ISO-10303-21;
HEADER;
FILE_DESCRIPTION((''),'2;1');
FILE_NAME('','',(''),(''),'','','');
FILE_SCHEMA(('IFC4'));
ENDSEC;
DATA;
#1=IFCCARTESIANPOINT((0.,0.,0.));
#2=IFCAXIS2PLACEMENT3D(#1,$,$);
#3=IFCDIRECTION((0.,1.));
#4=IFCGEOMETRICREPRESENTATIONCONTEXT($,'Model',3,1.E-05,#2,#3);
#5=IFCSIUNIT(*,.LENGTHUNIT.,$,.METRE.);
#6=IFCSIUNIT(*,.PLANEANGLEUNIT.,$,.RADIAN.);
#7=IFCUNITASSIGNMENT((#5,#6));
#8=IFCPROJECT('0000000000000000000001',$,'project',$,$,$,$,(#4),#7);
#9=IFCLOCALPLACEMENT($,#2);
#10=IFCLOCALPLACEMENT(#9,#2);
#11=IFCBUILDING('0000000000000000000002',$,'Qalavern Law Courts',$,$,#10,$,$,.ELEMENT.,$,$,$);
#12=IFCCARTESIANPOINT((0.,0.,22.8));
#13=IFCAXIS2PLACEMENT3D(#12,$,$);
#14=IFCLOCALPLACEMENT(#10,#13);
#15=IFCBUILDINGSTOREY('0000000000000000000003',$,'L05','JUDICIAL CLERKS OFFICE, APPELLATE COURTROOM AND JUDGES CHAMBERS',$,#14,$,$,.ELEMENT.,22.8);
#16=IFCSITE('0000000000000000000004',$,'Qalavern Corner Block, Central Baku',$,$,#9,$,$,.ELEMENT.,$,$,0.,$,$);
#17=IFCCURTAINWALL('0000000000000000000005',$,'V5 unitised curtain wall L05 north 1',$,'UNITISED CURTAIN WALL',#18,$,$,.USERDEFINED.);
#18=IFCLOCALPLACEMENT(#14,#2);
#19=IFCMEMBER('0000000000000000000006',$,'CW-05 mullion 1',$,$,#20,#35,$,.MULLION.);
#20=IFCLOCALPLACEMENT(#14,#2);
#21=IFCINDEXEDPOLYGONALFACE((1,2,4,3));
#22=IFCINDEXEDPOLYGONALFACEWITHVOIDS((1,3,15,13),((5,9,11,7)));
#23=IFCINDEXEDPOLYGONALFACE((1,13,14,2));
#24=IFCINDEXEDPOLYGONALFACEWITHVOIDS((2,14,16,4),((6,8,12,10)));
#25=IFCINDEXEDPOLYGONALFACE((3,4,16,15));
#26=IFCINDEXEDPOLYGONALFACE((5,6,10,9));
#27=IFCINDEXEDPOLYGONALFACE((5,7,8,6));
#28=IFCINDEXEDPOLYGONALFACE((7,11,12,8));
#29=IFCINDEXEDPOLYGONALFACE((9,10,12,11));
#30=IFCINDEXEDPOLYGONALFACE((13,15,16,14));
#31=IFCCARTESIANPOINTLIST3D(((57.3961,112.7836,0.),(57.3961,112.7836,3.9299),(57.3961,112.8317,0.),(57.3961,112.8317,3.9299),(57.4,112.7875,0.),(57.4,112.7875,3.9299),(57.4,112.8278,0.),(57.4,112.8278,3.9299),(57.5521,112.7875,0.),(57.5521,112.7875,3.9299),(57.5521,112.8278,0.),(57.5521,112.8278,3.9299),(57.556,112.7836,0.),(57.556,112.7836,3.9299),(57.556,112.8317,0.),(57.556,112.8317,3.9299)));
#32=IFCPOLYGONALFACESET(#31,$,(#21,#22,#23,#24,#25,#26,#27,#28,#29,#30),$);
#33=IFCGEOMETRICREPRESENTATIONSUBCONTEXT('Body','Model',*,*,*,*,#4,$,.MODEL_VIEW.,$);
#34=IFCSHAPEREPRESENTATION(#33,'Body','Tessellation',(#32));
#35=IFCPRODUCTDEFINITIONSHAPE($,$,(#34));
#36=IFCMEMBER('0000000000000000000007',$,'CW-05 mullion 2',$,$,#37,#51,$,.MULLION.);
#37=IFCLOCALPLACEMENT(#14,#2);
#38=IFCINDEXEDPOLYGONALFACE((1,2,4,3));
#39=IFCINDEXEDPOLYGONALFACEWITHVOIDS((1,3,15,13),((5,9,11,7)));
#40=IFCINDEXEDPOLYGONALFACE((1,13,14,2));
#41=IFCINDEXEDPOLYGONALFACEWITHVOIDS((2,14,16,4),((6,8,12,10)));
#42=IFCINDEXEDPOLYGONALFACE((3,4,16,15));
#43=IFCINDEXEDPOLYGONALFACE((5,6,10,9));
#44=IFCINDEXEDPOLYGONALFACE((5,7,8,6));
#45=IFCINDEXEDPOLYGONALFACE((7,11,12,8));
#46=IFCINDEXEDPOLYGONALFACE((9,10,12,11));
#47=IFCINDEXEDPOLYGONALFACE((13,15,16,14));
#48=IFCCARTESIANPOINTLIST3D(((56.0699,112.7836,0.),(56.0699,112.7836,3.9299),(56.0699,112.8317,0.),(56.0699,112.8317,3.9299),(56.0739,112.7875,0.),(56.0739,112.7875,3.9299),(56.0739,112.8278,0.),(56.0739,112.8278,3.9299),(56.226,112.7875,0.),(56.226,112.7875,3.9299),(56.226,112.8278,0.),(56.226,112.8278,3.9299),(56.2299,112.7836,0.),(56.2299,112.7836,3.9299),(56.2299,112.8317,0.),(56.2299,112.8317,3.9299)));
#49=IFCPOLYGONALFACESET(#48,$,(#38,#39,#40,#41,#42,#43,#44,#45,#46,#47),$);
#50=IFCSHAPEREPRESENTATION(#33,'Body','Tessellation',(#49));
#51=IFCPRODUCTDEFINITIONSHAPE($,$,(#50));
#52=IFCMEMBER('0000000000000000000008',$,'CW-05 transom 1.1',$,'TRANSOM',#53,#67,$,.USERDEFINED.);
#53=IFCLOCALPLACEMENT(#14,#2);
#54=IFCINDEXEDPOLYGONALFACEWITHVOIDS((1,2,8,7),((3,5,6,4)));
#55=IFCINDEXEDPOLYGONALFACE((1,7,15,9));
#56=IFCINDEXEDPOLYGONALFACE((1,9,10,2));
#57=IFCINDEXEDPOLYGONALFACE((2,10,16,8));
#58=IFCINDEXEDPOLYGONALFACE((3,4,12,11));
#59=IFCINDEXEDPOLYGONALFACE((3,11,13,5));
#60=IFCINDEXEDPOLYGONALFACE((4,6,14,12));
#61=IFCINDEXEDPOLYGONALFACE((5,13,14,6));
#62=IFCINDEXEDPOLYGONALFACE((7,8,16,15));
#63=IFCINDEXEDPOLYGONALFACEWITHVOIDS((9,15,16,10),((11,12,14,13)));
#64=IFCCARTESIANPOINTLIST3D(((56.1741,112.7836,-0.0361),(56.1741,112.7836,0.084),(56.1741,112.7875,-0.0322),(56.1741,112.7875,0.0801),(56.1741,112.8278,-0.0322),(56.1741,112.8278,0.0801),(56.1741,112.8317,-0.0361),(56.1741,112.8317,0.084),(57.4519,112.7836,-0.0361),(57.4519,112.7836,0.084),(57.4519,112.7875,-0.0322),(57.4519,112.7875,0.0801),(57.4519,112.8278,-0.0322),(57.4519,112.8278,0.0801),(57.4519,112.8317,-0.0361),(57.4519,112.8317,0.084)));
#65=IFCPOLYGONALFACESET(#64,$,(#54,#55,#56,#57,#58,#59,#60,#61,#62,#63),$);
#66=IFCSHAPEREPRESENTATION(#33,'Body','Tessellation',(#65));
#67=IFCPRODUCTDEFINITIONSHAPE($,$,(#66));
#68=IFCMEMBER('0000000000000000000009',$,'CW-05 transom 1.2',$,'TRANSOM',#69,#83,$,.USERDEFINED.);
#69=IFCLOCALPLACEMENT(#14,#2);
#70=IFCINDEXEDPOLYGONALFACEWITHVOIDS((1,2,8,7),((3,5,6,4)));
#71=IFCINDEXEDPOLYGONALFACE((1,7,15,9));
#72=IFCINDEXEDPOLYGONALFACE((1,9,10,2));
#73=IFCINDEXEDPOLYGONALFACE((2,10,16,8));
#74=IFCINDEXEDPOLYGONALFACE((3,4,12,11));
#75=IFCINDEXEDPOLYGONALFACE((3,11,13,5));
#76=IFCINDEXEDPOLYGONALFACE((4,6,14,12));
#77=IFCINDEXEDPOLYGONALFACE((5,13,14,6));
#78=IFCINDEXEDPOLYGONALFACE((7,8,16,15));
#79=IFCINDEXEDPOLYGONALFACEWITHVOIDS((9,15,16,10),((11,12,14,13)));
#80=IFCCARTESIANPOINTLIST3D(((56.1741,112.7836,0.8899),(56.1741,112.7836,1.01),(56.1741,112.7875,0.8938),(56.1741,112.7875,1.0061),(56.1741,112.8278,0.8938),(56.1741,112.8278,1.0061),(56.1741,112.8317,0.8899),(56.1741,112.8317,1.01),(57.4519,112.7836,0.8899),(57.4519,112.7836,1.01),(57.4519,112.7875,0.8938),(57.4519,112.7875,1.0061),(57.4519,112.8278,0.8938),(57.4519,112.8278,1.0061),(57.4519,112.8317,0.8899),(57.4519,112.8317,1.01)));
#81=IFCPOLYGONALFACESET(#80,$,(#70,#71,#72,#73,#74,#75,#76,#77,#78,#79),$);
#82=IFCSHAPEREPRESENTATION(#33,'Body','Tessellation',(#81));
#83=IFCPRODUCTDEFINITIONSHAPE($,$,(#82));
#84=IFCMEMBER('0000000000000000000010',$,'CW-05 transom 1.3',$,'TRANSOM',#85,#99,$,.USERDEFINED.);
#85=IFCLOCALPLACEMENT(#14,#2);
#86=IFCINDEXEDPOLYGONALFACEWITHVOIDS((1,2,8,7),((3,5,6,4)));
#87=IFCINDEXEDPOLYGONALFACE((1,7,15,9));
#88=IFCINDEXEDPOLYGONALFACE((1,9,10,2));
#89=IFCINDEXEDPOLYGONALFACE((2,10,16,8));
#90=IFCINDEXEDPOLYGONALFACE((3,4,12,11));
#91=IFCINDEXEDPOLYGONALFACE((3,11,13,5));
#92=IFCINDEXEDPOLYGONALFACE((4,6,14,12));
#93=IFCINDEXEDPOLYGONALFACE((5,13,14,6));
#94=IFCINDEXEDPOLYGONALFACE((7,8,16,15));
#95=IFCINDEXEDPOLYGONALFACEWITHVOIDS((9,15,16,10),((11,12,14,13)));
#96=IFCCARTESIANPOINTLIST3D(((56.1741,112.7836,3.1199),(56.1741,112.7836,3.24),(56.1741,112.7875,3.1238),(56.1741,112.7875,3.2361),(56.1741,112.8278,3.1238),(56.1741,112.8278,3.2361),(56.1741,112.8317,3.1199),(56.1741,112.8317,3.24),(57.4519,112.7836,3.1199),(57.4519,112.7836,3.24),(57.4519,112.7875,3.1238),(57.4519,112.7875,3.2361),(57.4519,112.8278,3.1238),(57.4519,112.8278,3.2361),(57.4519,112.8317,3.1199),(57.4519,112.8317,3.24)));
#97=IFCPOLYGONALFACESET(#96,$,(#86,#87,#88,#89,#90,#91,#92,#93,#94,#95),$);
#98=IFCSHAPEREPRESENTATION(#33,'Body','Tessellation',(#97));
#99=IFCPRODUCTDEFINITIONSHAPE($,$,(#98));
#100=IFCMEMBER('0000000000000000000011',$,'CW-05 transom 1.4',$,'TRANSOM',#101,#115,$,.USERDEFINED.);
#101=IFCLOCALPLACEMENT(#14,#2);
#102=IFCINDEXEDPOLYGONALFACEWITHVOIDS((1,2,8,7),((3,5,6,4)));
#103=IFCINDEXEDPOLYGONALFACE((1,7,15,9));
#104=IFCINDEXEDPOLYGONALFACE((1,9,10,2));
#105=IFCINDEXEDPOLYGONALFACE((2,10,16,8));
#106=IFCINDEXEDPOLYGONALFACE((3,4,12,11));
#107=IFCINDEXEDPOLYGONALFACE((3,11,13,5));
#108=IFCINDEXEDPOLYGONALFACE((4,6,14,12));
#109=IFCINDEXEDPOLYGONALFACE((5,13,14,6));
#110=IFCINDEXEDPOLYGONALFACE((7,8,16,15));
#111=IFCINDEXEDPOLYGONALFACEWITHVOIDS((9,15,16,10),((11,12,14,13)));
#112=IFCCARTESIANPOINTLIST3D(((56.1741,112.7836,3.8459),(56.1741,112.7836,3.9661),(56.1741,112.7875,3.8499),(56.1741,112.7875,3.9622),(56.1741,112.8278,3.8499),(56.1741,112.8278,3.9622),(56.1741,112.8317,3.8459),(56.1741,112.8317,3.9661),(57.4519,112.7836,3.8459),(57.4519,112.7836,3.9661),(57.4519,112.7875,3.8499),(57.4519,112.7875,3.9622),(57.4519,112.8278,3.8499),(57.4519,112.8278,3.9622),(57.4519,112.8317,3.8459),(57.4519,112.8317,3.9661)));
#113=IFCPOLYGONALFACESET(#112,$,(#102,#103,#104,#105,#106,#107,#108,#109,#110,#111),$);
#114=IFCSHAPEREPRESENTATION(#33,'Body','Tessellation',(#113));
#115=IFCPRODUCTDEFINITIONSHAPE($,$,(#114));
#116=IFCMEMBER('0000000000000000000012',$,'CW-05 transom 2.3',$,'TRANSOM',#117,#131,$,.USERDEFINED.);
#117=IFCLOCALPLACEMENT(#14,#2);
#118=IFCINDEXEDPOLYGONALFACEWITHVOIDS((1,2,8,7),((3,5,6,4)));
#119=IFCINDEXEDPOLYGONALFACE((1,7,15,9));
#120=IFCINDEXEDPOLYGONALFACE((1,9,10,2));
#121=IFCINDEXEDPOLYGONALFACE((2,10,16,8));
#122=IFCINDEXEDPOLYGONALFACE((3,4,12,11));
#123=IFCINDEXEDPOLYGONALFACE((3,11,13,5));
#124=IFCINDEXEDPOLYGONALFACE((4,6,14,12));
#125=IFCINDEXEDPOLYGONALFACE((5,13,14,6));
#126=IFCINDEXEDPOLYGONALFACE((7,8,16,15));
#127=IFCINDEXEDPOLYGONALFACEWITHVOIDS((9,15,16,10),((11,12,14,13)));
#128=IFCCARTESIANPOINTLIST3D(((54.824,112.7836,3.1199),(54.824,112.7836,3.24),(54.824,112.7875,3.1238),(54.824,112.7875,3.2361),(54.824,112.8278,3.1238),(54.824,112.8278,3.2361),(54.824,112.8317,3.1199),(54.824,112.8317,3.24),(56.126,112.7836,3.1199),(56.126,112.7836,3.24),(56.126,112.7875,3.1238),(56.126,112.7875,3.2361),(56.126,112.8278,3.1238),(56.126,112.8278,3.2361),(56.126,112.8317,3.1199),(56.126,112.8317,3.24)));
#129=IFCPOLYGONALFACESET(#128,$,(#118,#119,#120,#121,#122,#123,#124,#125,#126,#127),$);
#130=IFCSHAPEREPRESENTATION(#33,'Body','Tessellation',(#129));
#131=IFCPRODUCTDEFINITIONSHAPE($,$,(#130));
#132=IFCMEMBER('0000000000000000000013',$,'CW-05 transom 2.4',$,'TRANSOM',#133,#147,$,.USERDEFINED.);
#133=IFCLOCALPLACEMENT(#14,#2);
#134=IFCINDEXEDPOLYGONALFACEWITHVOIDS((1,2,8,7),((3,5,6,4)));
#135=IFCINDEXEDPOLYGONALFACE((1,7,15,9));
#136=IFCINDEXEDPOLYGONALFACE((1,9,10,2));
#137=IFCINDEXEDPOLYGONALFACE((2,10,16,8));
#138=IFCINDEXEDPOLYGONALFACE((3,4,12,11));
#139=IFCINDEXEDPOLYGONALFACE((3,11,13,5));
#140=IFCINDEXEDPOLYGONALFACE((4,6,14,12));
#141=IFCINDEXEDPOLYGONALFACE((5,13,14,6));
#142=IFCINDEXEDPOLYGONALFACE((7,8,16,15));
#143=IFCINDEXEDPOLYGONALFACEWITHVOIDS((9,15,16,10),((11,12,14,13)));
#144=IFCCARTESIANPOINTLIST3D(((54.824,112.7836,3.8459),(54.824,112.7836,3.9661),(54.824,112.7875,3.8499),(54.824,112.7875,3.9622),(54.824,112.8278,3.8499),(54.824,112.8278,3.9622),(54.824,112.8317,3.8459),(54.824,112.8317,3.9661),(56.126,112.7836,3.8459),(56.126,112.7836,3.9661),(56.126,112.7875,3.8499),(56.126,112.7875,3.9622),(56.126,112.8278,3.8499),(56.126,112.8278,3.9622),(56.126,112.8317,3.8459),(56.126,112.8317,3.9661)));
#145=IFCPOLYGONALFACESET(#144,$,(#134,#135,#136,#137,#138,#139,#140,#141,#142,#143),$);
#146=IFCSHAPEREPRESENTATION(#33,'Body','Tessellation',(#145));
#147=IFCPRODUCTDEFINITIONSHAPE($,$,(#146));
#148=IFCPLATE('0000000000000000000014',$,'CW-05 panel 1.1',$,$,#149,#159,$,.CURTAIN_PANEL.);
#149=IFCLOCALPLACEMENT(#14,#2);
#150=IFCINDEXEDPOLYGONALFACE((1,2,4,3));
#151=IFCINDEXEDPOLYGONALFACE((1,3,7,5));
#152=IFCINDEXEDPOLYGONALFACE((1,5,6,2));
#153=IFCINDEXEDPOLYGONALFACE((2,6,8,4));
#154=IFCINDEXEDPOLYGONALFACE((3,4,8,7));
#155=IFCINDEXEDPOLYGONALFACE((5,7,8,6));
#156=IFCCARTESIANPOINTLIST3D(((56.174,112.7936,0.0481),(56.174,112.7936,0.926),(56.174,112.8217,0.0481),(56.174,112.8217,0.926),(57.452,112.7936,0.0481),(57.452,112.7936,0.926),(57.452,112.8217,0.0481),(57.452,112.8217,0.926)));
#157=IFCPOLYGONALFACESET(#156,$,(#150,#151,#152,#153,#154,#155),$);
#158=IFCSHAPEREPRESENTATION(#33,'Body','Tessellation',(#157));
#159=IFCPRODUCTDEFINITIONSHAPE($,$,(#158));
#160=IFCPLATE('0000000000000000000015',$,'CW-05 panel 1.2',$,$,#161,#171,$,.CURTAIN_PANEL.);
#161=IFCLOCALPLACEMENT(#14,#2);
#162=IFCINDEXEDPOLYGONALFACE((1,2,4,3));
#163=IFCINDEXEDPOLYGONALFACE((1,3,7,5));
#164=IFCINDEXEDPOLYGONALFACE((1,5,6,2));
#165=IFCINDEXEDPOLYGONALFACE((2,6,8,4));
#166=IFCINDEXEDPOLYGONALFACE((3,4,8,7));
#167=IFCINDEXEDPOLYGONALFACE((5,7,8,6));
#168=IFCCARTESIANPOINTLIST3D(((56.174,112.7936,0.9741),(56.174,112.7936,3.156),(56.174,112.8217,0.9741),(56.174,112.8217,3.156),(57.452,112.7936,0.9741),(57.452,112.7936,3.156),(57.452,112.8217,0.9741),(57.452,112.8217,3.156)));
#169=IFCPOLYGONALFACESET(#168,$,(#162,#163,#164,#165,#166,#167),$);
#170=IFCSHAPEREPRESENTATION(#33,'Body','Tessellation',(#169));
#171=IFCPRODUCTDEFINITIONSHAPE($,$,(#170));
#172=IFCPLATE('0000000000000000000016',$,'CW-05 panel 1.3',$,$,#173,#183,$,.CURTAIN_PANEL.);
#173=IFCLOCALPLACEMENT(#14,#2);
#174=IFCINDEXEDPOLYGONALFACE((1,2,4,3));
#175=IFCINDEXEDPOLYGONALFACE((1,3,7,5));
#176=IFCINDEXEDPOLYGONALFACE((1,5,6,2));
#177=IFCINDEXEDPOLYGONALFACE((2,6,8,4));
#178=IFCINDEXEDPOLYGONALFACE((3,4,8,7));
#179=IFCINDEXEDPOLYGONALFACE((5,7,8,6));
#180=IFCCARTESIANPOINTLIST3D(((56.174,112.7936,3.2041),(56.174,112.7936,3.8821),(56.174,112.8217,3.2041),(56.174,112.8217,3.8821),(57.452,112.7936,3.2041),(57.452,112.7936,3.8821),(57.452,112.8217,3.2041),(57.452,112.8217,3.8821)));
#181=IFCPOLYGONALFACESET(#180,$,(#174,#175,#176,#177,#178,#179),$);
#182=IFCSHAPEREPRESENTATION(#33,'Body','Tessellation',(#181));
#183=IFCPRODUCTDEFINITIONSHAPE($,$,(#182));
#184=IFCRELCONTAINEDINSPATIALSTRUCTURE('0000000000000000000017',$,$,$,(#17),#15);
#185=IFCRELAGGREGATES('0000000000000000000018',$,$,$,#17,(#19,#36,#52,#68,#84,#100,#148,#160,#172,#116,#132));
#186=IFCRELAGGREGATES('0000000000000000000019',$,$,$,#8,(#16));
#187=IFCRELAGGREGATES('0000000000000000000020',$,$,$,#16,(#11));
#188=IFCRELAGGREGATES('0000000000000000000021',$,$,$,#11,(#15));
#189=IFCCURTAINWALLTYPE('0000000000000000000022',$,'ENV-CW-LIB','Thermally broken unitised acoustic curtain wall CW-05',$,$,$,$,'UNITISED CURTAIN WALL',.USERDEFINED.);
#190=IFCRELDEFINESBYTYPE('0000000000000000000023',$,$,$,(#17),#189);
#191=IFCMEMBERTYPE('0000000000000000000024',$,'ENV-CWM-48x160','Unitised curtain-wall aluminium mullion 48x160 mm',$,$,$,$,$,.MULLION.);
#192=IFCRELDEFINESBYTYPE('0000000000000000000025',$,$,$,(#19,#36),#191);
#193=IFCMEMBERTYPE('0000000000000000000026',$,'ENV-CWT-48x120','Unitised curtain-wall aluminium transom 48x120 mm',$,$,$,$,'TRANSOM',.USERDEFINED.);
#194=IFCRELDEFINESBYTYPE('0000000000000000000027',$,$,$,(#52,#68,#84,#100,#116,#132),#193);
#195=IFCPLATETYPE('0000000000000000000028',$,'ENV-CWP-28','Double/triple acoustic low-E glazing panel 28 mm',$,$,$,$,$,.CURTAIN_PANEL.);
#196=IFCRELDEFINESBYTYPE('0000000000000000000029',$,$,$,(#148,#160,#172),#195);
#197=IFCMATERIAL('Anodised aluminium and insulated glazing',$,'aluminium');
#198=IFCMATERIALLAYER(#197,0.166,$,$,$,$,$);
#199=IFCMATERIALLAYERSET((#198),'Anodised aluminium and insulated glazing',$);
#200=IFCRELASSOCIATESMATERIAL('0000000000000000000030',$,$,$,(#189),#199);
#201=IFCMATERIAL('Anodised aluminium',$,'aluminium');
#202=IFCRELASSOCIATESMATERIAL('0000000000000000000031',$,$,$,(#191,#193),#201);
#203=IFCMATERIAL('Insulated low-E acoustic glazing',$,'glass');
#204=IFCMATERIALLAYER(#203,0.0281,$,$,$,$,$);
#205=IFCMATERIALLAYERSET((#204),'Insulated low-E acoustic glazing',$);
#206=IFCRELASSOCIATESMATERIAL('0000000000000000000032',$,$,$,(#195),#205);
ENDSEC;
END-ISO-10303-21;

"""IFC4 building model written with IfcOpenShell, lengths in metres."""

from ifc_helpers import new_model, si_unit, direction, frame, origin, origin_2d, place, context, subcontext, project, spatial, rectangle, hollow_rectangle, extrude, material, layer, layer_set, material_profile, profile_set, type_object, element, aggregate, save


model = new_model("IFC4")

# Units and contexts
model_context = context("Model", 3, precision=1e-05, world=origin(), true_north=direction((0.0, 1.0)))
body_context = subcontext(model_context, "Body", "Model", "MODEL_VIEW")
ifc_project = project(units=[si_unit("LENGTHUNIT", "METRE"), si_unit("PLANEANGLEUNIT", "RADIAN")], contexts=[model_context])

# Site, building, storey
site_placement = place(None, origin())
site = spatial("IfcSite", under=ifc_project, at=site_placement, Name="Qalavern Corner Block, Central Baku", CompositionType="ELEMENT", RefElevation=0.0)
building_placement = place(site_placement, origin())
building = spatial("IfcBuilding", under=site, at=building_placement, Name="Qalavern Law Courts", CompositionType="ELEMENT")
storey_placement = place(building_placement, frame((0.0, 0.0, 22.8)))
storey = spatial("IfcBuildingStorey", under=building, at=storey_placement, Name="L05", Description="JUDICIAL CLERKS OFFICE, APPELLATE COURTROOM AND JUDGES CHAMBERS", CompositionType="ELEMENT", Elevation=22.8)

# Curtain wall, members, plates
ifc_material_1 = material(Name="Anodised aluminium and insulated glazing", Category="aluminium")
ifc_layer_1 = layer(ifc_material_1, 0.166)
ifc_layer_set_1 = layer_set([ifc_layer_1], Name="Anodised aluminium and insulated glazing")
curtain_wall_type = type_object("IfcCurtainWallType", Name="ENV-CW-LIB", Description="Thermally broken unitised acoustic curtain wall CW-05", ElementType="UNITISED CURTAIN WALL", PredefinedType="USERDEFINED", material=ifc_layer_set_1)
curtain_wall_placement = place(storey_placement, origin())
curtain_wall = element("IfcCurtainWall", 1, at=curtain_wall_placement, inside=storey, type_object=curtain_wall_type, Name="V5 unitised curtain wall L05 north 1", ObjectType="UNITISED CURTAIN WALL", PredefinedType="USERDEFINED")
ifc_material_2 = material(Name="Anodised aluminium", Category="aluminium")
ifc_material_profile_1 = material_profile(ifc_material_2, hollow_rectangle(XDim=0.0481, YDim=0.1599, WallThickness=0.0039, at=origin_2d()), Name="ALU MULLION 48x160")
ifc_profile_set_1 = profile_set([ifc_material_profile_1], Name="Anodised aluminium")
member_type_1 = type_object("IfcMemberType", Name="ENV-CWM-48x160", Description="Unitised curtain-wall aluminium mullion 48x160 mm", PredefinedType="MULLION", material=ifc_profile_set_1)
member_1_placement = place(storey_placement, frame((57.4761, 112.8076, 0.0), z_axis=(0.0, 0.0, 1.0), x_axis=(0.0, -1.0, 0.0)))
member_1 = element("IfcMember", 2, at=member_1_placement, type_object=member_type_1, Name="CW-05 mullion 1", PredefinedType="MULLION", context=body_context, shape_type="SweptSolid", body=[
    extrude(hollow_rectangle(XDim=0.0481, YDim=0.1599, WallThickness=0.0039, at=origin_2d()), origin(), (0.0, 0.0, 1.0), 3.9299),
])
member_2_placement = place(storey_placement, frame((56.1499, 112.8076, 0.0), z_axis=(0.0, 0.0, 1.0), x_axis=(0.0, -1.0, 0.0)))
member_2 = element("IfcMember", 3, at=member_2_placement, type_object=member_type_1, Name="CW-05 mullion 2", PredefinedType="MULLION", context=body_context, shape_type="SweptSolid", body=[
    extrude(hollow_rectangle(XDim=0.0481, YDim=0.1599, WallThickness=0.0039, at=origin_2d()), origin(), (0.0, 0.0, 1.0), 3.9299),
])
ifc_material_profile_2 = material_profile(ifc_material_2, hollow_rectangle(XDim=0.0481, YDim=0.1201, WallThickness=0.0039, at=origin_2d()), Name="ALU TRANSOM 48x120")
ifc_profile_set_2 = profile_set([ifc_material_profile_2], Name="Anodised aluminium")
member_type_2 = type_object("IfcMemberType", Name="ENV-CWT-48x120", Description="Unitised curtain-wall aluminium transom 48x120 mm", ElementType="TRANSOM", PredefinedType="USERDEFINED", material=ifc_profile_set_2)
member_3_placement = place(storey_placement, frame((57.4519, 112.8076, 0.0239), z_axis=(-1.0, 0.0, 0.0), x_axis=(0.0, -1.0, 0.0)))
member_3 = element("IfcMember", 4, at=member_3_placement, type_object=member_type_2, Name="CW-05 transom 1.1", ObjectType="TRANSOM", PredefinedType="USERDEFINED", context=body_context, shape_type="SweptSolid", body=[
    extrude(hollow_rectangle(XDim=0.0481, YDim=0.1201, WallThickness=0.0039, at=origin_2d()), origin(), (0.0, 0.0, 1.0), 1.2778),
])
member_4_placement = place(storey_placement, frame((57.4519, 112.8076, 0.95), z_axis=(-1.0, 0.0, 0.0), x_axis=(0.0, -1.0, 0.0)))
member_4 = element("IfcMember", 5, at=member_4_placement, type_object=member_type_2, Name="CW-05 transom 1.2", ObjectType="TRANSOM", PredefinedType="USERDEFINED", context=body_context, shape_type="SweptSolid", body=[
    extrude(hollow_rectangle(XDim=0.0481, YDim=0.1201, WallThickness=0.0039, at=origin_2d()), origin(), (0.0, 0.0, 1.0), 1.2778),
])
member_5_placement = place(storey_placement, frame((57.4519, 112.8076, 3.1799), z_axis=(-1.0, 0.0, 0.0), x_axis=(0.0, -1.0, 0.0)))
member_5 = element("IfcMember", 6, at=member_5_placement, type_object=member_type_2, Name="CW-05 transom 1.3", ObjectType="TRANSOM", PredefinedType="USERDEFINED", context=body_context, shape_type="SweptSolid", body=[
    extrude(hollow_rectangle(XDim=0.0481, YDim=0.1201, WallThickness=0.0039, at=origin_2d()), origin(), (0.0, 0.0, 1.0), 1.2778),
])
member_6_placement = place(storey_placement, frame((57.4519, 112.8076, 3.906), z_axis=(-1.0, 0.0, 0.0), x_axis=(0.0, -1.0, 0.0)))
member_6 = element("IfcMember", 7, at=member_6_placement, type_object=member_type_2, Name="CW-05 transom 1.4", ObjectType="TRANSOM", PredefinedType="USERDEFINED", context=body_context, shape_type="SweptSolid", body=[
    extrude(hollow_rectangle(XDim=0.0481, YDim=0.1201, WallThickness=0.0039, at=origin_2d()), origin(), (0.0, 0.0, 1.0), 1.2778),
])
member_7_placement = place(storey_placement, frame((56.126, 112.8076, 3.1799), z_axis=(-1.0, 0.0, 0.0), x_axis=(0.0, -1.0, 0.0)))
member_7 = element("IfcMember", 8, at=member_7_placement, type_object=member_type_2, Name="CW-05 transom 2.3", ObjectType="TRANSOM", PredefinedType="USERDEFINED", context=body_context, shape_type="SweptSolid", body=[
    extrude(hollow_rectangle(XDim=0.0481, YDim=0.1201, WallThickness=0.0039, at=origin_2d()), origin(), (0.0, 0.0, 1.0), 1.302),
])
member_8_placement = place(storey_placement, frame((56.126, 112.8076, 3.906), z_axis=(-1.0, 0.0, 0.0), x_axis=(0.0, -1.0, 0.0)))
member_8 = element("IfcMember", 9, at=member_8_placement, type_object=member_type_2, Name="CW-05 transom 2.4", ObjectType="TRANSOM", PredefinedType="USERDEFINED", context=body_context, shape_type="SweptSolid", body=[
    extrude(hollow_rectangle(XDim=0.0481, YDim=0.1201, WallThickness=0.0039, at=origin_2d()), origin(), (0.0, 0.0, 1.0), 1.302),
])
ifc_material_3 = material(Name="Insulated low-E acoustic glazing", Category="glass")
ifc_layer_2 = layer(ifc_material_3, 0.0281)
ifc_layer_set_2 = layer_set([ifc_layer_2], Name="Insulated low-E acoustic glazing")
plate_type = type_object("IfcPlateType", Name="ENV-CWP-28", Description="Double/triple acoustic low-E glazing panel 28 mm", PredefinedType="CURTAIN_PANEL", material=ifc_layer_set_2)
plate_1_placement = place(storey_placement, frame((56.813, 112.8076, 0.0481), z_axis=(0.0, 0.0, 1.0), x_axis=(-1.0, 0.0, 0.0)))
plate_1 = element("IfcPlate", 10, at=plate_1_placement, type_object=plate_type, Name="CW-05 panel 1.1", PredefinedType="CURTAIN_PANEL", context=body_context, shape_type="SweptSolid", body=[
    extrude(rectangle(XDim=1.2781, YDim=0.0281, at=origin_2d()), origin(), (0.0, 0.0, 1.0), 0.8779),
])
plate_2_placement = place(storey_placement, frame((56.813, 112.8076, 0.9741), z_axis=(0.0, 0.0, 1.0), x_axis=(-1.0, 0.0, 0.0)))
plate_2 = element("IfcPlate", 11, at=plate_2_placement, type_object=plate_type, Name="CW-05 panel 1.2", PredefinedType="CURTAIN_PANEL", context=body_context, shape_type="SweptSolid", body=[
    extrude(rectangle(XDim=1.2781, YDim=0.0281, at=origin_2d()), origin(), (0.0, 0.0, 1.0), 2.1819),
])
plate_3_placement = place(storey_placement, frame((56.813, 112.8076, 3.2041), z_axis=(0.0, 0.0, 1.0), x_axis=(-1.0, 0.0, 0.0)))
plate_3 = element("IfcPlate", 12, at=plate_3_placement, type_object=plate_type, Name="CW-05 panel 1.3", PredefinedType="CURTAIN_PANEL", context=body_context, shape_type="SweptSolid", body=[
    extrude(rectangle(XDim=1.2781, YDim=0.0281, at=origin_2d()), origin(), (0.0, 0.0, 1.0), 0.678),
])
aggregate(curtain_wall, [member_1, member_2, member_3, member_4, member_5, member_6, plate_1, plate_2, plate_3, member_7, member_8])

save(model, "model.ifc")
